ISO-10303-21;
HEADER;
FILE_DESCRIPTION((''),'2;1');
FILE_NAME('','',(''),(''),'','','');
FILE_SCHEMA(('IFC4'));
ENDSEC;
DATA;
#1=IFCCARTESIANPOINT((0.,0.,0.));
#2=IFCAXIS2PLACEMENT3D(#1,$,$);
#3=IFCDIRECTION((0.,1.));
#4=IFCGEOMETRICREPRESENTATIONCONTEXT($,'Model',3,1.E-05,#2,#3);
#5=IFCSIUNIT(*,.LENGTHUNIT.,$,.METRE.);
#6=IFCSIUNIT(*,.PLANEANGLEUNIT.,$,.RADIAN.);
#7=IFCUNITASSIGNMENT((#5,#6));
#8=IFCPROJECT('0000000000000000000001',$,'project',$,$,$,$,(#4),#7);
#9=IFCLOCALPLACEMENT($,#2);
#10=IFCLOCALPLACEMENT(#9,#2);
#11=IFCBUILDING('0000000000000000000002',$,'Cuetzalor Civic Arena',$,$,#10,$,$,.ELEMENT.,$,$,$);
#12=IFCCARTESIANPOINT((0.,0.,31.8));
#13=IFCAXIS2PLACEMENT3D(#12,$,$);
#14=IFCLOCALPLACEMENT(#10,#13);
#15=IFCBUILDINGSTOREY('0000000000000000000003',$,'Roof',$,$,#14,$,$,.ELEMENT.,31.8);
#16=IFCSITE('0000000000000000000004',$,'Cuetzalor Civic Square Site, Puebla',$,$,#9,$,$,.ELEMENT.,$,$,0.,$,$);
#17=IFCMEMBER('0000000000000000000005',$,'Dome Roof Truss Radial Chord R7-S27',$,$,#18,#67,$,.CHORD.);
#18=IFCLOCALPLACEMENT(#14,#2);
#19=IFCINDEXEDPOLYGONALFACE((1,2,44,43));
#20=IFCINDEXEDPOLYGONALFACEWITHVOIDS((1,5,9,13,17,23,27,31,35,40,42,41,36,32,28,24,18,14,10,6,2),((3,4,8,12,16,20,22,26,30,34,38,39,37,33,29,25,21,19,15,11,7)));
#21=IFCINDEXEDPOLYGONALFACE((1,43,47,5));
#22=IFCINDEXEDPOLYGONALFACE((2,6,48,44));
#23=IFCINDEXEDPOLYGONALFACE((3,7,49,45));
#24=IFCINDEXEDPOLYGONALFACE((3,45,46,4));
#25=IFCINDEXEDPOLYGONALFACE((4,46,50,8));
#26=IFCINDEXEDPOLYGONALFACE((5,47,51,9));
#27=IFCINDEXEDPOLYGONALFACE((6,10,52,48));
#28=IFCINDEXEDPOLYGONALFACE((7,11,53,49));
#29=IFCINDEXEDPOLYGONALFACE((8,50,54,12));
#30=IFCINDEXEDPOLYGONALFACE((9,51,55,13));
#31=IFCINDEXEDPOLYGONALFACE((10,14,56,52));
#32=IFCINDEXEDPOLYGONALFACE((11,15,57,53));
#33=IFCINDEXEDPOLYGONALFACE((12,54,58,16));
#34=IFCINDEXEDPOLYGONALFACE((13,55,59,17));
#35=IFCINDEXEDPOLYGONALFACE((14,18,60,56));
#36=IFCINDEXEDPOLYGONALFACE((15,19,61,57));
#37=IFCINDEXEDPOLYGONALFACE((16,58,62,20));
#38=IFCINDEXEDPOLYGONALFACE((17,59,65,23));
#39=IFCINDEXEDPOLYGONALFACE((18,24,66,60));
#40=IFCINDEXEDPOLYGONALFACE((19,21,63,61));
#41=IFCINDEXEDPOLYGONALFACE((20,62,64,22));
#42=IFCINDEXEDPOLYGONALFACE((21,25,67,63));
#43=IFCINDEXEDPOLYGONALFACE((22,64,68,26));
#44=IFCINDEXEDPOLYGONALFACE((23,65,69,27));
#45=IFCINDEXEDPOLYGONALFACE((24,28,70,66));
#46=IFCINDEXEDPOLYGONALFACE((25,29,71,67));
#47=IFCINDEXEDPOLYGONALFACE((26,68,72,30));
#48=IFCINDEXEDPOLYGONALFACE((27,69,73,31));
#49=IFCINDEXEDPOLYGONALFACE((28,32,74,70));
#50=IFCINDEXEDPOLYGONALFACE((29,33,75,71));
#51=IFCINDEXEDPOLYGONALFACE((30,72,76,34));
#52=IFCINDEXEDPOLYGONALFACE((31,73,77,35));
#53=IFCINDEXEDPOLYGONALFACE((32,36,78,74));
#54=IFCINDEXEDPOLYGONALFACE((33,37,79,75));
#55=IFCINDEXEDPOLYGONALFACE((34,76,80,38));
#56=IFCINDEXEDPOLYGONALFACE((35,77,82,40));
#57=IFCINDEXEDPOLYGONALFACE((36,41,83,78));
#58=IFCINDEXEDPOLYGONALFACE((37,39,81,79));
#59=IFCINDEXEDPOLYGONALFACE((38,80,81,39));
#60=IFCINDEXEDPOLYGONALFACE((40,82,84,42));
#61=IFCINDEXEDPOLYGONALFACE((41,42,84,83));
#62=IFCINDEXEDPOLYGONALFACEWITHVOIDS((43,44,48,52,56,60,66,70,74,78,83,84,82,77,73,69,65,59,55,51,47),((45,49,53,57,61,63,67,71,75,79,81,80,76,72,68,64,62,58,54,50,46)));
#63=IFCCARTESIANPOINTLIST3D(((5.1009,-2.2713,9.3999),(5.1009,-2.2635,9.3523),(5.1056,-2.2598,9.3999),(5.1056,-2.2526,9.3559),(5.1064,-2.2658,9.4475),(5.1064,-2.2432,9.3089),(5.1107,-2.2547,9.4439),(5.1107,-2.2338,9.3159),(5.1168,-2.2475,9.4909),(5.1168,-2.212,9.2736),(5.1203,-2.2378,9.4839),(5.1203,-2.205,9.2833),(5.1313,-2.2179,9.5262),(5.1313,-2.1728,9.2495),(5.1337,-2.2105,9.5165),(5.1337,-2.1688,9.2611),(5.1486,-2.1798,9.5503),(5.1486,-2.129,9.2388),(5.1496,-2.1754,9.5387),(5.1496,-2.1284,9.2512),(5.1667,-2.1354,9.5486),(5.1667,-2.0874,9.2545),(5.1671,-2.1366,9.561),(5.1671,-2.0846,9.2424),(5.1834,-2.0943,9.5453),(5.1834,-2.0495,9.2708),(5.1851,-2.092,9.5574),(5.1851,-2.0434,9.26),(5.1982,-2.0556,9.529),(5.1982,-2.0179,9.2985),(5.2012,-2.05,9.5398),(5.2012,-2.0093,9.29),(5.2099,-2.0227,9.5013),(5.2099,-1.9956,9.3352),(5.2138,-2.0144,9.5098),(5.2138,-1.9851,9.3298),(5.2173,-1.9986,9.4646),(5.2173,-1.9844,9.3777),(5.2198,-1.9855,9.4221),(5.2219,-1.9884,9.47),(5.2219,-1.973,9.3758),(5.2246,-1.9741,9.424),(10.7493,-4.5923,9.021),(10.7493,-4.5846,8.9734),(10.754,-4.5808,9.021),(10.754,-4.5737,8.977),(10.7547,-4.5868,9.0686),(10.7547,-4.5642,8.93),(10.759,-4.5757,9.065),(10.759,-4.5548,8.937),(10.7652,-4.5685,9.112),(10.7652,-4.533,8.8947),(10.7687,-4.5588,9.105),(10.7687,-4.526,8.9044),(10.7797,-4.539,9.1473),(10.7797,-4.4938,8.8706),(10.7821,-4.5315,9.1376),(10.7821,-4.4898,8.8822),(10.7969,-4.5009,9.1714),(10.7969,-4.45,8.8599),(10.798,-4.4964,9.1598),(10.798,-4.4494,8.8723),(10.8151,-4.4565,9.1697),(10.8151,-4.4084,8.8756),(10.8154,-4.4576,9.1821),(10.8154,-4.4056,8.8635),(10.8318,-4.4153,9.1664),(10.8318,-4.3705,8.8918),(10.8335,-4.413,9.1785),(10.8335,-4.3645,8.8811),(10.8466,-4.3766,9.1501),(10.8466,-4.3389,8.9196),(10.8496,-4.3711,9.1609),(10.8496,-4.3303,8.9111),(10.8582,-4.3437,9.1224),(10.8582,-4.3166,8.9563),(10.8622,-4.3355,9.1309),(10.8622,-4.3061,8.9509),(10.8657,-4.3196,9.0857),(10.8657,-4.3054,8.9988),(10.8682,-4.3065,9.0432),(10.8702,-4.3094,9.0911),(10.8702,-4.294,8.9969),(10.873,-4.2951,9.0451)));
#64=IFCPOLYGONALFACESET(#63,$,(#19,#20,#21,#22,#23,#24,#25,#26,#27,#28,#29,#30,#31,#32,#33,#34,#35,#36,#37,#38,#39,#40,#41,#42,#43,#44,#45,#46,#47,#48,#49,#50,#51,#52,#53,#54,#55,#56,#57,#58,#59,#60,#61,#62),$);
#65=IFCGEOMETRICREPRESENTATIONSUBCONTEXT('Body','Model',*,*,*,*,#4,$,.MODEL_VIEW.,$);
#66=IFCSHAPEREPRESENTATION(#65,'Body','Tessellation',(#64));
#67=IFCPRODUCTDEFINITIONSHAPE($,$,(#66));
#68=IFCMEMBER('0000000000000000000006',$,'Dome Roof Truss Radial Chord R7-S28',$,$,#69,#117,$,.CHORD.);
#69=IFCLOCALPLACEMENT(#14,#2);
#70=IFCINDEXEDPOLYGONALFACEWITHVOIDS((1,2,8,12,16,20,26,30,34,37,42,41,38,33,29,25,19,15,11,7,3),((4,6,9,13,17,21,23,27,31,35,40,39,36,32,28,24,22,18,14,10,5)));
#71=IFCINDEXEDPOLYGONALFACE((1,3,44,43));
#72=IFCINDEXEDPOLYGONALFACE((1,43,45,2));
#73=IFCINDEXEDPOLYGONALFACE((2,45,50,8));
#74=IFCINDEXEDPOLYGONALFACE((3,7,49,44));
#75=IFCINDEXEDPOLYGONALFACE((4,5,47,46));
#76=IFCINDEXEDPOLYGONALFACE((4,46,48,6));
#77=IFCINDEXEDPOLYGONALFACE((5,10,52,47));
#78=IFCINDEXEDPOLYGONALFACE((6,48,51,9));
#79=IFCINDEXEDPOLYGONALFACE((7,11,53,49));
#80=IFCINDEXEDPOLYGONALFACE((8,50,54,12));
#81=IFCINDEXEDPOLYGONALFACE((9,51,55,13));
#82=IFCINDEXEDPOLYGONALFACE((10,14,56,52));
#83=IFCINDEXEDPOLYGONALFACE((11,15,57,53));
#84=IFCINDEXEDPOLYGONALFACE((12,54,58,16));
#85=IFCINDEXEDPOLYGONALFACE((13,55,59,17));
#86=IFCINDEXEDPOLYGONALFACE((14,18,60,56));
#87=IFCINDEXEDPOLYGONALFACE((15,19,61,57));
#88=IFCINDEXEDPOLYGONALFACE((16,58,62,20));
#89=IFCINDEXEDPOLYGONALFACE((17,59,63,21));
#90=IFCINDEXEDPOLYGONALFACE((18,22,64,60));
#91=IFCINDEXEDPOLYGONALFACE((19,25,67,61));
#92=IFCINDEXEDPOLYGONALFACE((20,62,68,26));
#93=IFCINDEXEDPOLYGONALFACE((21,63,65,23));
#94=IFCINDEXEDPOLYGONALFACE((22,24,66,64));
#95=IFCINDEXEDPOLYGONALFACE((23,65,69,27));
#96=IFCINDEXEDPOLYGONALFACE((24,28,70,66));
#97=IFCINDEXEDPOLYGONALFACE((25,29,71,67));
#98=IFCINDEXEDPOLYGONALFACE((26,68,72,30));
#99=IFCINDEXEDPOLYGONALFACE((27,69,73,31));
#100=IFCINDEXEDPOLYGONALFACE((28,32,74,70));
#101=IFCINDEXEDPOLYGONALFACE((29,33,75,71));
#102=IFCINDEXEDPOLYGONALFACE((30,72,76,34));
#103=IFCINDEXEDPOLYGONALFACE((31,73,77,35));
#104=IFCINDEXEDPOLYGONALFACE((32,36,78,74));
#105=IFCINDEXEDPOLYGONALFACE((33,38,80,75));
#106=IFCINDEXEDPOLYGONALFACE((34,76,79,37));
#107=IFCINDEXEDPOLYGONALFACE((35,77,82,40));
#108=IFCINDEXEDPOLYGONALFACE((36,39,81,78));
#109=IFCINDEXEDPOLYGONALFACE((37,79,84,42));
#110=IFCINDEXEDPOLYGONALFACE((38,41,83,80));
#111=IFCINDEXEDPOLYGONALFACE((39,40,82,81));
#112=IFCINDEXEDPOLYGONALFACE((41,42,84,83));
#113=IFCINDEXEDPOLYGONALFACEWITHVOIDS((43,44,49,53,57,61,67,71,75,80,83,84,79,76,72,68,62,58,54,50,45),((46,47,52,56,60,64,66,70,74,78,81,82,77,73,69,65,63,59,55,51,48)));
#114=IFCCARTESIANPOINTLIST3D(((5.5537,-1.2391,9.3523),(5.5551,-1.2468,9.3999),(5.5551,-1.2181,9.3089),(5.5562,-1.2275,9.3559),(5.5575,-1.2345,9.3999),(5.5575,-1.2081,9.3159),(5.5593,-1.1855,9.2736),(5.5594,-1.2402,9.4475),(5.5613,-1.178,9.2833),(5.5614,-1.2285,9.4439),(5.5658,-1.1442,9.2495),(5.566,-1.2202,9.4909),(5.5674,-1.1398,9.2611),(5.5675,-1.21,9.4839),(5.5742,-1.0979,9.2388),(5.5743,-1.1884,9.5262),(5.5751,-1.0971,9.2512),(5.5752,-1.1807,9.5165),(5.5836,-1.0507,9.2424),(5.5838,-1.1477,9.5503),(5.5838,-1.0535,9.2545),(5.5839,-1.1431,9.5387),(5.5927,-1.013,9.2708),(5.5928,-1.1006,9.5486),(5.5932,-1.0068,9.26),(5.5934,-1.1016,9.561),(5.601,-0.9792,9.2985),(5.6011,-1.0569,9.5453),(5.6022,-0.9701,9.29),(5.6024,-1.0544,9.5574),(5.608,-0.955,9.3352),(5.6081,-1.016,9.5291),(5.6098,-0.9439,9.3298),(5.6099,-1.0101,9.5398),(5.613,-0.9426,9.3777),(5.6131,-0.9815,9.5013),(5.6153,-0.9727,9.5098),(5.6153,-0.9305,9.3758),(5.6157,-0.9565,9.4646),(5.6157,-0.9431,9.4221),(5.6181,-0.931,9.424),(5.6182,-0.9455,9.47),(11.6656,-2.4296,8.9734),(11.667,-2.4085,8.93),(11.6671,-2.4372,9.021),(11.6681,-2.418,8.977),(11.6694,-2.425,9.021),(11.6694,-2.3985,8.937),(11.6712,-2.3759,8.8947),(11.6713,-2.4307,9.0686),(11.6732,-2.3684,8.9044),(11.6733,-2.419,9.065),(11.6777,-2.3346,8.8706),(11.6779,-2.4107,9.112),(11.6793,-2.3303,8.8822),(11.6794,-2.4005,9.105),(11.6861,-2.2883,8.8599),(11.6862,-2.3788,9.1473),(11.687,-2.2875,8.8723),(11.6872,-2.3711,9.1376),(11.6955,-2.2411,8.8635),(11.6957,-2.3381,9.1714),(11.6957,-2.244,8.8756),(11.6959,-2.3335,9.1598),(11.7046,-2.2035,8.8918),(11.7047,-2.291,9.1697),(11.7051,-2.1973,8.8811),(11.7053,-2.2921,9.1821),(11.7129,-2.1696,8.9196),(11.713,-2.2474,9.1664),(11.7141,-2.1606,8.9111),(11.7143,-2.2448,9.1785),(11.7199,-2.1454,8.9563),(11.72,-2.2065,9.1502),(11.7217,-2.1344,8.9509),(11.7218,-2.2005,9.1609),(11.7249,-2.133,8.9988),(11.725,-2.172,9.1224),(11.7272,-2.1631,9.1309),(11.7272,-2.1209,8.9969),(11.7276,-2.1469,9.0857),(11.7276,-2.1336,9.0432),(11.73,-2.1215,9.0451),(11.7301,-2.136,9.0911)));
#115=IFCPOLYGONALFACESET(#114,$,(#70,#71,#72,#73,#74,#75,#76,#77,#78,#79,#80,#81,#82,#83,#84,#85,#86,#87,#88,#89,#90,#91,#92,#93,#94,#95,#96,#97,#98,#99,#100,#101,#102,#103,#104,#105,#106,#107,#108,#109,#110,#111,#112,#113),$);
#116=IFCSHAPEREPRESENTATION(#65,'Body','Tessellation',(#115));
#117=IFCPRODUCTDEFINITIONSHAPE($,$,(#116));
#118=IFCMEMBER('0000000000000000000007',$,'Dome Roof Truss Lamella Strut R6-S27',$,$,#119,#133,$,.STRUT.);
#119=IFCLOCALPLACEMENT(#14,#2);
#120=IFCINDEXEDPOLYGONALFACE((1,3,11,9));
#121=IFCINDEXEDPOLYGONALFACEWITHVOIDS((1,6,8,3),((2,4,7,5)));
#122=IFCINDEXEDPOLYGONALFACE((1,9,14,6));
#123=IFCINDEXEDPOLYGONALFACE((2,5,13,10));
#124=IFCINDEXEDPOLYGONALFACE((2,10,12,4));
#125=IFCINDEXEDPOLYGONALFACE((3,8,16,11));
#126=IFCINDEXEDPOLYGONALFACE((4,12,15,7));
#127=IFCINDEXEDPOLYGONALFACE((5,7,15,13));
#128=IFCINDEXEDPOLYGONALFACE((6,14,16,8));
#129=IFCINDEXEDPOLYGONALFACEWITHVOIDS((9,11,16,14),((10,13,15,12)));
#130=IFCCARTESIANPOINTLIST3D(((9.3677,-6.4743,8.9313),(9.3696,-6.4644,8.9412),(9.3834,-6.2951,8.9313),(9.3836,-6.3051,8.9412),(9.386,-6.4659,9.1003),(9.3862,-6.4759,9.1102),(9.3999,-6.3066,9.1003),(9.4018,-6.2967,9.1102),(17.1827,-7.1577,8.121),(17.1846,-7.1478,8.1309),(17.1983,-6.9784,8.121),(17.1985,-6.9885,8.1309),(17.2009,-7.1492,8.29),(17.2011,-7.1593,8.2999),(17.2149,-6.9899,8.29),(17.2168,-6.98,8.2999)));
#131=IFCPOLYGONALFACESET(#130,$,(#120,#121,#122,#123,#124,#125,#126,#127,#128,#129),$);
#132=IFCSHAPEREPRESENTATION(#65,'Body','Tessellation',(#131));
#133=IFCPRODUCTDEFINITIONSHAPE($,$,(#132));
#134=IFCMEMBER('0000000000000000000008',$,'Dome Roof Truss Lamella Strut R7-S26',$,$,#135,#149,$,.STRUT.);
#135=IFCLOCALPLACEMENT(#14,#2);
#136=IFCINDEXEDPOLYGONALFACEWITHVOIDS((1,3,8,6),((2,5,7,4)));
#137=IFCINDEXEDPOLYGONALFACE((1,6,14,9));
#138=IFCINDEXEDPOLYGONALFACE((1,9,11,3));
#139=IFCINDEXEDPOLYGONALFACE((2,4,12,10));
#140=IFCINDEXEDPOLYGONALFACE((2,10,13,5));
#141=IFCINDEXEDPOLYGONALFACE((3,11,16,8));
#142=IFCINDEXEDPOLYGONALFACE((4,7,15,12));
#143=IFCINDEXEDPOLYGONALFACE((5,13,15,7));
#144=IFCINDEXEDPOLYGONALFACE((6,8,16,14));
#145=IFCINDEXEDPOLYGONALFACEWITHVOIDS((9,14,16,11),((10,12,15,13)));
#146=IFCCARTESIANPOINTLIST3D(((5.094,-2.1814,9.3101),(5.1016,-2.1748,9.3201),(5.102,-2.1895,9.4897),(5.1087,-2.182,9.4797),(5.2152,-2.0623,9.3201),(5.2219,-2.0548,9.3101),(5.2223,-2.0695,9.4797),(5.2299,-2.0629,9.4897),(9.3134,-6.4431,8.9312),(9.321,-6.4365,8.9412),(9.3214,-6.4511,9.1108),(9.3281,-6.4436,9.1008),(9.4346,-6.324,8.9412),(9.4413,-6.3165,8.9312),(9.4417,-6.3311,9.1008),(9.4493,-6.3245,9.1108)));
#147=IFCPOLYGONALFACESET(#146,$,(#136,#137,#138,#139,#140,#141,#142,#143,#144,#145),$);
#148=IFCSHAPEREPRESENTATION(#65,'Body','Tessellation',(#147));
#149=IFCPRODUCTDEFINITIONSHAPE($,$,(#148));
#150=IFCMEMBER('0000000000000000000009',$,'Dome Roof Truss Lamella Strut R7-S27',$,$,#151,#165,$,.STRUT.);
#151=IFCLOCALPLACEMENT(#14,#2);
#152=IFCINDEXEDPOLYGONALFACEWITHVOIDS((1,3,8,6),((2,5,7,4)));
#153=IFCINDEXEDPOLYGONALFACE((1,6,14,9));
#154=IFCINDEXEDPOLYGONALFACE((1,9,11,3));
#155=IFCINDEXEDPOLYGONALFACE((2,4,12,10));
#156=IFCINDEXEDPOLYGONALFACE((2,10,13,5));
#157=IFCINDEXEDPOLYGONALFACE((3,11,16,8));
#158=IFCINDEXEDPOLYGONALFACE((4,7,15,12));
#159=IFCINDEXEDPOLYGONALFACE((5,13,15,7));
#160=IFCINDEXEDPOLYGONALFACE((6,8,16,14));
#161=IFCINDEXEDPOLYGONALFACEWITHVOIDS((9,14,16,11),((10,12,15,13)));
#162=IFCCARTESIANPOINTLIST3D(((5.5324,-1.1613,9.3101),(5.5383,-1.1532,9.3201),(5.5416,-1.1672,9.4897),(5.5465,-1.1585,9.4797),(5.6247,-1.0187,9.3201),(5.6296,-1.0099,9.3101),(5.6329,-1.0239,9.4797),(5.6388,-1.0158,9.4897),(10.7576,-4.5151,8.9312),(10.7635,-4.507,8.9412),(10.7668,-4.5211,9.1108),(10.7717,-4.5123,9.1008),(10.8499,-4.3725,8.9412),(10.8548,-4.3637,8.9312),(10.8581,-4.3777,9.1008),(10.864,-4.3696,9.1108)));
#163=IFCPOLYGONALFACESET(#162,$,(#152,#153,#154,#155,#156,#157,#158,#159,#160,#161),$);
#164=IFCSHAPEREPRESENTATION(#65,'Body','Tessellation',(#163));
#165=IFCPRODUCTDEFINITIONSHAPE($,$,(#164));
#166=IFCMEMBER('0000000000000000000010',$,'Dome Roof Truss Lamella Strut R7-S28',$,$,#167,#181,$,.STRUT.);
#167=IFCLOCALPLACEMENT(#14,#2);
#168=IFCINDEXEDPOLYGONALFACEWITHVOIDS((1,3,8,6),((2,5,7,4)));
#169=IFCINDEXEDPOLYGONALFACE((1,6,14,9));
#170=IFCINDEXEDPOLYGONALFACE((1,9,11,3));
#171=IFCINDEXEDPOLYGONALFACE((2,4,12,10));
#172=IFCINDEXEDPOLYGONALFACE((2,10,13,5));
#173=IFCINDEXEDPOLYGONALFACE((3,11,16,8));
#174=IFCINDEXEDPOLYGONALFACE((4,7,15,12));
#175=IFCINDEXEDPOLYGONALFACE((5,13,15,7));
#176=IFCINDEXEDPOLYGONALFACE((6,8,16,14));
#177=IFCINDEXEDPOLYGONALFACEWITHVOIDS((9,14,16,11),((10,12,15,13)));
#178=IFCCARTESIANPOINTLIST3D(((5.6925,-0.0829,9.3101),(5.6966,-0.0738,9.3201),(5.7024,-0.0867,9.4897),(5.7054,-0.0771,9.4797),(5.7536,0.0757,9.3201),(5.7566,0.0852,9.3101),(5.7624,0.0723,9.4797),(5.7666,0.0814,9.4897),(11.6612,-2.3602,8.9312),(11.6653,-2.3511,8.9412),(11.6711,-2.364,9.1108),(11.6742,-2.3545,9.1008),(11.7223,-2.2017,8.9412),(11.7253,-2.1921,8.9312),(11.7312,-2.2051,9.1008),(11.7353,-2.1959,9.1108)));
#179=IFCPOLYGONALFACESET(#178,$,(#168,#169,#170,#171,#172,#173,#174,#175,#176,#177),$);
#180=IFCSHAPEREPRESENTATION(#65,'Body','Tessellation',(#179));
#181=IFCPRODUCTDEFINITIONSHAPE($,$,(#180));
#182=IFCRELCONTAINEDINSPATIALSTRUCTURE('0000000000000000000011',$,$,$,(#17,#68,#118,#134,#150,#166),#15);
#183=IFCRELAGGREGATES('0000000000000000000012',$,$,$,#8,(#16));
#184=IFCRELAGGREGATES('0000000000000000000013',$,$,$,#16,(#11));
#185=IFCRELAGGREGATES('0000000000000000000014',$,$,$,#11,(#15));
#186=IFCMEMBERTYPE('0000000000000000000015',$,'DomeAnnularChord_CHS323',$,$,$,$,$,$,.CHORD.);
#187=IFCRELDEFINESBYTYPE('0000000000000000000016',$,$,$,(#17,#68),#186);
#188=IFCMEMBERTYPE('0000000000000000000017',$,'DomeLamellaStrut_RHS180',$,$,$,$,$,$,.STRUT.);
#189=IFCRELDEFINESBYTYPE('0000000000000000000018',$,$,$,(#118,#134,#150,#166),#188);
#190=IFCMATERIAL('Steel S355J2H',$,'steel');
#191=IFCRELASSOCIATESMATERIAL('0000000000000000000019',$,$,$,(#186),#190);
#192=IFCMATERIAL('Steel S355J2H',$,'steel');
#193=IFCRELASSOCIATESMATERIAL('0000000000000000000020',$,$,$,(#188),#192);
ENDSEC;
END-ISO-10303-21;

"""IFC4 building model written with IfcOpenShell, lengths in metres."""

from ifc_helpers import new_model, si_unit, direction, frame, origin, origin_2d, place, context, subcontext, project, spatial, hollow_rectangle, hollow_circle, extrude, material, material_profile, profile_set, type_object, element, save


model = new_model("IFC4")

# Units and contexts
model_context = context("Model", 3, precision=1e-05, world=origin(), true_north=direction((0.0, 1.0)))
body_context = subcontext(model_context, "Body", "Model", "MODEL_VIEW")
ifc_project = project(units=[si_unit("LENGTHUNIT", "METRE"), si_unit("PLANEANGLEUNIT", "RADIAN")], contexts=[model_context])

# Site, building, storey
site_placement = place(None, origin())
site = spatial("IfcSite", under=ifc_project, at=site_placement, Name="Cuetzalor Civic Square Site, Puebla", CompositionType="ELEMENT", RefElevation=0.0)
building_placement = place(site_placement, origin())
building = spatial("IfcBuilding", under=site, at=building_placement, Name="Cuetzalor Civic Arena", CompositionType="ELEMENT")
storey_placement = place(building_placement, frame((0.0, 0.0, 31.8)))
storey = spatial("IfcBuildingStorey", under=building, at=storey_placement, Name="Roof", CompositionType="ELEMENT", Elevation=31.8)

# Members
ifc_material_1 = material(Name="Steel S355J2H", Category="steel")
ifc_material_profile_1 = material_profile(ifc_material_1, hollow_circle(Radius=0.1619, WallThickness=0.0125, at=origin_2d()), Name="CHS 323.9x12.5")
ifc_profile_set_1 = profile_set([ifc_material_profile_1], Name="Steel S355J2H")
member_type_1 = type_object("IfcMemberType", Name="DomeAnnularChord_CHS323", PredefinedType="CHORD", material=ifc_profile_set_1)
member_1_placement = place(storey_placement, frame((10.8108, -4.4426, 9.021), z_axis=(-0.923178, 0.379351, 0.061928), x_axis=(-0.38008, -0.924954, 0.0)))
element("IfcMember", 1, at=member_1_placement, inside=storey, type_object=member_type_1, Name="Dome Roof Truss Radial Chord R7-S27", PredefinedType="CHORD", context=body_context, shape_type="SweptSolid", body=[
    extrude(hollow_circle(Radius=0.1619, WallThickness=0.0125, at=origin_2d()), origin(), (0.0, 0.0, 1.0), 6.1184),
])
member_2_placement = place(storey_placement, frame((11.698, -2.2783, 9.021), z_axis=(-0.979742, 0.190829, 0.06074), x_axis=(-0.191182, -0.981555, 0.0)))
element("IfcMember", 2, at=member_2_placement, inside=storey, type_object=member_type_1, Name="Dome Roof Truss Radial Chord R7-S28", PredefinedType="CHORD", context=body_context, shape_type="SweptSolid", body=[
    extrude(hollow_circle(Radius=0.1619, WallThickness=0.0125, at=origin_2d()), origin(), (0.0, 0.0, 1.0), 6.2383),
])
ifc_material_2 = material(Name="Steel S355J2H", Category="steel")
ifc_material_profile_2 = material_profile(ifc_material_2, hollow_rectangle(XDim=0.1799, YDim=0.1799, WallThickness=0.01, at=origin_2d()), Name="RHS 180x180x10")
ifc_profile_set_2 = profile_set([ifc_material_profile_2], Name="Steel S355J2H")
member_type_2 = type_object("IfcMemberType", Name="DomeLamellaStrut_RHS180", PredefinedType="STRUT", material=ifc_profile_set_2)
member_3_placement = place(storey_placement, frame((17.1997, -7.0688, 8.2104), z_axis=(-0.990927, 0.086648, 0.102746), x_axis=(-0.087109, -0.996199, 0.0)))
element("IfcMember", 3, at=member_3_placement, inside=storey, type_object=member_type_2, Name="Dome Roof Truss Lamella Strut R6-S27", PredefinedType="STRUT", context=body_context, shape_type="SweptSolid", body=[
    extrude(hollow_rectangle(XDim=0.1799, YDim=0.1799, WallThickness=0.01, at=origin_2d()), origin(), (0.0, 0.0, 1.0), 7.8865),
])
member_4_placement = place(storey_placement, frame((9.3813, -6.3838, 9.021), z_axis=(-0.702177, 0.709205, 0.063055), x_axis=(-0.710619, -0.703577, 0.0)))
element("IfcMember", 4, at=member_4_placement, inside=storey, type_object=member_type_2, Name="Dome Roof Truss Lamella Strut R7-S26", PredefinedType="STRUT", context=body_context, shape_type="SweptSolid", body=[
    extrude(hollow_rectangle(XDim=0.1799, YDim=0.1799, WallThickness=0.01, at=origin_2d()), origin(), (0.0, 0.0, 1.0), 6.009),
])
member_5_placement = place(storey_placement, frame((10.8108, -4.4424, 9.021), z_axis=(-0.839999, 0.539158, 0.060914), x_axis=(-0.540161, -0.841562, 0.0)))
element("IfcMember", 5, at=member_5_placement, inside=storey, type_object=member_type_2, Name="Dome Roof Truss Lamella Strut R7-S27", PredefinedType="STRUT", context=body_context, shape_type="SweptSolid", body=[
    extrude(hollow_rectangle(XDim=0.1799, YDim=0.1799, WallThickness=0.01, at=origin_2d()), origin(), (0.0, 0.0, 1.0), 6.2205),
])
member_6_placement = place(storey_placement, frame((11.6982, -2.2781, 9.021), z_axis=(-0.932665, 0.355853, 0.059207), x_axis=(-0.356478, -0.934304, 0.0)))
element("IfcMember", 6, at=member_6_placement, inside=storey, type_object=member_type_2, Name="Dome Roof Truss Lamella Strut R7-S28", PredefinedType="STRUT", context=body_context, shape_type="SweptSolid", body=[
    extrude(hollow_rectangle(XDim=0.1799, YDim=0.1799, WallThickness=0.01, at=origin_2d()), origin(), (0.0, 0.0, 1.0), 6.3997),
])

save(model, "model.ifc")
